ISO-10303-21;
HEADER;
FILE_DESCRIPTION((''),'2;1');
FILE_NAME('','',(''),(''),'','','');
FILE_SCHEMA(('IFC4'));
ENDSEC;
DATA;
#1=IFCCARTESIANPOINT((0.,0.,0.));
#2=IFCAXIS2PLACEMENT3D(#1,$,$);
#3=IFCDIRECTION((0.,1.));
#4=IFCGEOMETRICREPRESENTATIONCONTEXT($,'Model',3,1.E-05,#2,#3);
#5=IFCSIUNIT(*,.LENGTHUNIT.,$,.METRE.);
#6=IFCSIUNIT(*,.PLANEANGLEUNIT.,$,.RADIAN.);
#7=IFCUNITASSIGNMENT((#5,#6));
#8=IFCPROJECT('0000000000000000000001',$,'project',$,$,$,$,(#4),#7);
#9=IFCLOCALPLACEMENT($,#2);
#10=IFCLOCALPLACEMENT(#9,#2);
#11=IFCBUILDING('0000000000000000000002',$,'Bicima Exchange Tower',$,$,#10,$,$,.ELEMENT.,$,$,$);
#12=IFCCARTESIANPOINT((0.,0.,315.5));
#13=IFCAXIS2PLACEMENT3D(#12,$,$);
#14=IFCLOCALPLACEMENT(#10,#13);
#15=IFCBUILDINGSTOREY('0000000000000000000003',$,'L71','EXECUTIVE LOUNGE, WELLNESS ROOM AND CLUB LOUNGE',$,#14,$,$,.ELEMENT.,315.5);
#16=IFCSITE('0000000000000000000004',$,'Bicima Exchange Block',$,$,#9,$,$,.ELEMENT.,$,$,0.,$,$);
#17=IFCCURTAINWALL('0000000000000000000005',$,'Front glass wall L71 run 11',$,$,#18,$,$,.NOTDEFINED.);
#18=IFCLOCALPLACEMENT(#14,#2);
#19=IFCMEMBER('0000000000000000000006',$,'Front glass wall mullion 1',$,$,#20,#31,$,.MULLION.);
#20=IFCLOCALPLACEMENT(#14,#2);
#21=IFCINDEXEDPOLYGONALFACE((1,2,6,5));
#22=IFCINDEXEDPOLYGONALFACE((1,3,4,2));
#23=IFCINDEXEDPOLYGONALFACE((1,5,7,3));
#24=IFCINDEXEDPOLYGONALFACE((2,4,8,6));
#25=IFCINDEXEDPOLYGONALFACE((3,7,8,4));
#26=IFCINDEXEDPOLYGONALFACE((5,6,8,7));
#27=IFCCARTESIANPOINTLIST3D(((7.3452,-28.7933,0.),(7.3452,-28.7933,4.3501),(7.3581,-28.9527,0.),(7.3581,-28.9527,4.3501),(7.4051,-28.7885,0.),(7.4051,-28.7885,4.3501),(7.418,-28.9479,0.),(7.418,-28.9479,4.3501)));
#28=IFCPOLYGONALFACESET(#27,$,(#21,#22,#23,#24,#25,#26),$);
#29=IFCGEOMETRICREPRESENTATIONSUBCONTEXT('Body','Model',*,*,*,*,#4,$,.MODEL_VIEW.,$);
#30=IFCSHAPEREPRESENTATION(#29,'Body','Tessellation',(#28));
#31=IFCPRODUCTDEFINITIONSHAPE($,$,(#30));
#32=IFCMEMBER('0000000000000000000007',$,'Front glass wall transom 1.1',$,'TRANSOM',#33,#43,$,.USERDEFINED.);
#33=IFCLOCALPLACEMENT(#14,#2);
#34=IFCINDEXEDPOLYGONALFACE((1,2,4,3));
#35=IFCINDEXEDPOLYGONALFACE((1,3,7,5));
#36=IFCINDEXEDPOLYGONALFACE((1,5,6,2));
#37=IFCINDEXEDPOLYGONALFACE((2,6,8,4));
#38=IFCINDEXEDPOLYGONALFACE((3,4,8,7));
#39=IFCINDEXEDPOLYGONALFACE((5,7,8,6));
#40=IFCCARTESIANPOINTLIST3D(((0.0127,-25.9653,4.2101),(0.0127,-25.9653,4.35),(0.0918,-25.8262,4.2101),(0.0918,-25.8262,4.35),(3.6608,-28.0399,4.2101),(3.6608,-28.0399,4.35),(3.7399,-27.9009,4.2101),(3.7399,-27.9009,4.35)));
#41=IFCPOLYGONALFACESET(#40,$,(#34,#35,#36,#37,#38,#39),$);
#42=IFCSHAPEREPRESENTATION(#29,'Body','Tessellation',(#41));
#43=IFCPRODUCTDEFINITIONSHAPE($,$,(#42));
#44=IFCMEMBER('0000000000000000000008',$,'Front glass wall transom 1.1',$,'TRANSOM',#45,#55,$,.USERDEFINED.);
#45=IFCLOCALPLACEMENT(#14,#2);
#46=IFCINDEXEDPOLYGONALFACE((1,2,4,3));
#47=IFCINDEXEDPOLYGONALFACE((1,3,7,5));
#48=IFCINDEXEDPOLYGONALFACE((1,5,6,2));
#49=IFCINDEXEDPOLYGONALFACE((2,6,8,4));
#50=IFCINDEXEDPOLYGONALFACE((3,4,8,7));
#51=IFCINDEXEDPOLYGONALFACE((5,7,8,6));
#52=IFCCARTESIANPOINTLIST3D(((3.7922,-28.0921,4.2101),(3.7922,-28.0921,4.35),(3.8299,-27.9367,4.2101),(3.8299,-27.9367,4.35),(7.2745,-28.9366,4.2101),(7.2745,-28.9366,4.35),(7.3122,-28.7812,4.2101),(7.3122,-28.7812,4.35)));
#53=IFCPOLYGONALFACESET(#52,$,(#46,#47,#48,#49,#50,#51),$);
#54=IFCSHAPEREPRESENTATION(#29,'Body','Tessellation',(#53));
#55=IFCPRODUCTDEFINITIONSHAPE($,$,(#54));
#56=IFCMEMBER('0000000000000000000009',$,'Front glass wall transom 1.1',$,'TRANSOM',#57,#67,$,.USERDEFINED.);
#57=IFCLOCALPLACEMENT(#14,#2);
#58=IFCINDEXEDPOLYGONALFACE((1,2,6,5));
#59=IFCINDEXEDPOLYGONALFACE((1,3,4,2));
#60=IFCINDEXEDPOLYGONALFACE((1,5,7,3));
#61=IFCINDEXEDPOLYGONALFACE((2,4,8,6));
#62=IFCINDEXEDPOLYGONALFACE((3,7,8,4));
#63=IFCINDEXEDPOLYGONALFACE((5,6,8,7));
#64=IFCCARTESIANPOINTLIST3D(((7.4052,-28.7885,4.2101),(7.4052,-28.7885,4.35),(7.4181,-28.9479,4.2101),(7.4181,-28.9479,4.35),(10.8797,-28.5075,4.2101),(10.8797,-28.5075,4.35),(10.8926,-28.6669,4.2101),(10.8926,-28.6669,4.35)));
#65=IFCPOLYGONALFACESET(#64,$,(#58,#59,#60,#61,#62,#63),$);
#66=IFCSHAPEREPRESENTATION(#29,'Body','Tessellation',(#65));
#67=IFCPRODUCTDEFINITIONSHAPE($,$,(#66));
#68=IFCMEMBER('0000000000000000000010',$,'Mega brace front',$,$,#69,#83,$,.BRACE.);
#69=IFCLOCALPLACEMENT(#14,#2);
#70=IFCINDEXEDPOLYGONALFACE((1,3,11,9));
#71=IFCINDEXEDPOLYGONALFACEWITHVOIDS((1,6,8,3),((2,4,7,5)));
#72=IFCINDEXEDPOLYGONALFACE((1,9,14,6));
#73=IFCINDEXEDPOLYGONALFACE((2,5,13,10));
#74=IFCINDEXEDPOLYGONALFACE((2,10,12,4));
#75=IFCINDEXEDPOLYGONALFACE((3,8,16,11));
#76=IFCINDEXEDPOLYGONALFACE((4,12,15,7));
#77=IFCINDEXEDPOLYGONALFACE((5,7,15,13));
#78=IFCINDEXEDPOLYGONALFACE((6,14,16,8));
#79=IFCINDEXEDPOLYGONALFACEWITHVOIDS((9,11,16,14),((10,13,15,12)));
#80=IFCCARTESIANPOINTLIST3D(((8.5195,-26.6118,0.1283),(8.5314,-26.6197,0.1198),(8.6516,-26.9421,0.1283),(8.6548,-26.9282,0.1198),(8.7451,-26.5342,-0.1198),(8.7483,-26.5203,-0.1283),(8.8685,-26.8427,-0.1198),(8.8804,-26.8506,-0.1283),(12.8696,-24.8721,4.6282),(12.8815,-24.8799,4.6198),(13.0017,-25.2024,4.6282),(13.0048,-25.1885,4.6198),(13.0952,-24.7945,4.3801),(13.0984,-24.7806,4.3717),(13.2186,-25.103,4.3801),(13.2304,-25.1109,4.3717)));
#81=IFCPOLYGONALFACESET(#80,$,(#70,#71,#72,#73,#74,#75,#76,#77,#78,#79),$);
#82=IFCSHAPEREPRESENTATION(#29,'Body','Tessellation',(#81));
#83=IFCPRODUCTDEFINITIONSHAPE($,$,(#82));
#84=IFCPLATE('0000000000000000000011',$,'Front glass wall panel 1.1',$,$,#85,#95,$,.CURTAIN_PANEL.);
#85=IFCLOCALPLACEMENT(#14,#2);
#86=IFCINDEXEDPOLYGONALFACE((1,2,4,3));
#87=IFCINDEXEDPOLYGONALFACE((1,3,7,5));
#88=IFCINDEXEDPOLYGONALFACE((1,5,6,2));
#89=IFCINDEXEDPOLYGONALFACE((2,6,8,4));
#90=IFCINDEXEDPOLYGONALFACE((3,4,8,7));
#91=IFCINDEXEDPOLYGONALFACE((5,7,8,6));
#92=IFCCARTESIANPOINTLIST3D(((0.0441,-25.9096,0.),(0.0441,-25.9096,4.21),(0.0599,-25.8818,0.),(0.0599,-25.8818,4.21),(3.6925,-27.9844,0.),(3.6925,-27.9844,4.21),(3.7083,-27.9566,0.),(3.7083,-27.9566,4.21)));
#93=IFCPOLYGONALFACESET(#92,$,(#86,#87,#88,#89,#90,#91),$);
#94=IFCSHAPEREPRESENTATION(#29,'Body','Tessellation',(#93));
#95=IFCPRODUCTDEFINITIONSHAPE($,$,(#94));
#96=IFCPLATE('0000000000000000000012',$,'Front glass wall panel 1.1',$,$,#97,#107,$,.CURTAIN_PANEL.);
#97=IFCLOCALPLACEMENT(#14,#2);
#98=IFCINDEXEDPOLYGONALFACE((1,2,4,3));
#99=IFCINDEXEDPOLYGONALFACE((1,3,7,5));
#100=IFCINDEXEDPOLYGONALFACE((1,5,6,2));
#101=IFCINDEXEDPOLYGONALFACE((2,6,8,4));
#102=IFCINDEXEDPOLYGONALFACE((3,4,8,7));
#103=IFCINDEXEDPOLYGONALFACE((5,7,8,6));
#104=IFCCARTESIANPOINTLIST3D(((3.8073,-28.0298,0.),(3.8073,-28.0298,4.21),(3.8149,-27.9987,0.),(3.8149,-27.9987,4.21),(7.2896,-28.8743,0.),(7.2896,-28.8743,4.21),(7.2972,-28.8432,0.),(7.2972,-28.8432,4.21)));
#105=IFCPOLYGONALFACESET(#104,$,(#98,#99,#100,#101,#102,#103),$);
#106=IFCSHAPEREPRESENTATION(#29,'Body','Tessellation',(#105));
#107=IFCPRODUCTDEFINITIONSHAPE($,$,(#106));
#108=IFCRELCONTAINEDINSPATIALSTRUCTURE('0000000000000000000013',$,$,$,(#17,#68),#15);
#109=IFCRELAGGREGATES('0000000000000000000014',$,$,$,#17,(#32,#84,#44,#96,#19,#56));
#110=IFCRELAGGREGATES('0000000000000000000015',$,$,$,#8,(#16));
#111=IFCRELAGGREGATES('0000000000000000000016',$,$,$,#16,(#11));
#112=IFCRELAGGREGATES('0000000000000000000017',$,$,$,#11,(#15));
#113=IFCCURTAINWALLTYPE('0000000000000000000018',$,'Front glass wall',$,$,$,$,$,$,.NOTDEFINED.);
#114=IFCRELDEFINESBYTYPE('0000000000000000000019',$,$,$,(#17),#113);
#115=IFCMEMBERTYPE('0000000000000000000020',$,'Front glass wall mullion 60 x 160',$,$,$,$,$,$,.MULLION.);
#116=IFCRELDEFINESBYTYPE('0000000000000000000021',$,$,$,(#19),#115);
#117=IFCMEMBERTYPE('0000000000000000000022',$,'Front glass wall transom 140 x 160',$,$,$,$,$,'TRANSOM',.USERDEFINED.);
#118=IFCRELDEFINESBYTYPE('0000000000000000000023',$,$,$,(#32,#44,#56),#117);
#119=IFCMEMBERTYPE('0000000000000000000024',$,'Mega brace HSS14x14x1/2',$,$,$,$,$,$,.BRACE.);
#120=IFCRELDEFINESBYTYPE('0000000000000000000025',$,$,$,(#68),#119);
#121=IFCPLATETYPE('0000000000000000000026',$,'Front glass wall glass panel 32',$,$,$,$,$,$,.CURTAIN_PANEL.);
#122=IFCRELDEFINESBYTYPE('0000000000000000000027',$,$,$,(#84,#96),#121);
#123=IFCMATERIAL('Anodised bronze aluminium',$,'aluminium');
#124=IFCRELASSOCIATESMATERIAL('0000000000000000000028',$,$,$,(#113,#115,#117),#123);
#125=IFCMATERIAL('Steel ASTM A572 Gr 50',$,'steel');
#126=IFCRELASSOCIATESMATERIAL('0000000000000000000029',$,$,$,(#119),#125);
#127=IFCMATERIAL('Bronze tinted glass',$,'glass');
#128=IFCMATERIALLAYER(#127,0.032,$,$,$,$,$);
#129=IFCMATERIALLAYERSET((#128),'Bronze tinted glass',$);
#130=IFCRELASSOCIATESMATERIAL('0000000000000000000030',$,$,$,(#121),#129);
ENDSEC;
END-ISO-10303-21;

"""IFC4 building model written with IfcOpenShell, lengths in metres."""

from ifc_helpers import new_model, si_unit, direction, frame, origin, origin_2d, place, context, subcontext, project, spatial, rectangle, hollow_rectangle, extrude, material, layer, layer_set, material_profile, profile_set, type_object, element, aggregate, save


model = new_model("IFC4")

# Units and contexts
model_context = context("Model", 3, precision=1e-05, world=origin(), true_north=direction((0.0, 1.0)))
body_context = subcontext(model_context, "Body", "Model", "MODEL_VIEW")
ifc_project = project(units=[si_unit("LENGTHUNIT", "METRE"), si_unit("PLANEANGLEUNIT", "RADIAN")], contexts=[model_context])

# Site, building, storey
site_placement = place(None, origin())
site = spatial("IfcSite", under=ifc_project, at=site_placement, Name="Bicima Exchange Block", CompositionType="ELEMENT", RefElevation=0.0)
building_placement = place(site_placement, origin())
building = spatial("IfcBuilding", under=site, at=building_placement, Name="Bicima Exchange Tower", CompositionType="ELEMENT")
storey_placement = place(building_placement, frame((0.0, 0.0, 315.5)))
storey = spatial("IfcBuildingStorey", under=building, at=storey_placement, Name="L71", Description="EXECUTIVE LOUNGE, WELLNESS ROOM AND CLUB LOUNGE", CompositionType="ELEMENT", Elevation=315.5)

# Curtain wall, members
ifc_material_1 = material(Name="Anodised bronze aluminium", Category="aluminium")
curtain_wall_type = type_object("IfcCurtainWallType", Name="Front glass wall", PredefinedType="NOTDEFINED", material=ifc_material_1)
curtain_wall_placement = place(storey_placement, origin())
curtain_wall = element("IfcCurtainWall", 1, at=curtain_wall_placement, inside=storey, type_object=curtain_wall_type, Name="Front glass wall L71 run 11", PredefinedType="NOTDEFINED")
ifc_material_profile_1 = material_profile(ifc_material_1, rectangle(XDim=0.1599, YDim=0.0601, at=origin_2d()))
ifc_profile_set_1 = profile_set([ifc_material_profile_1], Name="Anodised bronze aluminium")
member_type_1 = type_object("IfcMemberType", Name="Front glass wall mullion 60 x 160", PredefinedType="MULLION", material=ifc_profile_set_1)
member_1_placement = place(storey_placement, frame((7.3816, -28.8706, 0.0), z_axis=(0.0, 0.0, 1.0), x_axis=(-0.080589, 0.996747, 0.0)))
member_1 = element("IfcMember", 2, at=member_1_placement, type_object=member_type_1, Name="Front glass wall mullion 1", PredefinedType="MULLION", context=body_context, shape_type="SweptSolid", body=[
    extrude(rectangle(XDim=0.1599, YDim=0.0601, at=origin_2d()), origin(), (0.0, 0.0, 1.0), 4.3501),
])
ifc_material_profile_2 = material_profile(ifc_material_1, rectangle(XDim=0.1599, YDim=0.1399, at=origin_2d()))
ifc_profile_set_2 = profile_set([ifc_material_profile_2], Name="Anodised bronze aluminium")
member_type_2 = type_object("IfcMemberType", Name="Front glass wall transom 140 x 160", ElementType="TRANSOM", PredefinedType="USERDEFINED", material=ifc_profile_set_2)
member_2_placement = place(storey_placement, frame((0.0522, -25.8958, 4.28), z_axis=(0.869265, -0.494346, 0.0), x_axis=(0.494346, 0.869265, 0.0)))
member_2 = element("IfcMember", 3, at=member_2_placement, type_object=member_type_2, Name="Front glass wall transom 1.1", ObjectType="TRANSOM", PredefinedType="USERDEFINED", context=body_context, shape_type="SweptSolid", body=[
    extrude(rectangle(XDim=0.1599, YDim=0.1399, at=origin_2d()), origin(), (0.0, 0.0, 1.0), 4.1968),
])
member_3_placement = place(storey_placement, frame((3.811, -28.0144, 4.28), z_axis=(0.971834, -0.235668, 0.0), x_axis=(0.235668, 0.971834, 0.0)))
member_3 = element("IfcMember", 4, at=member_3_placement, type_object=member_type_2, Name="Front glass wall transom 1.1", ObjectType="TRANSOM", PredefinedType="USERDEFINED", context=body_context, shape_type="SweptSolid", body=[
    extrude(rectangle(XDim=0.1599, YDim=0.1399, at=origin_2d()), origin(), (0.0, 0.0, 1.0), 3.5833),
])
member_4_placement = place(storey_placement, frame((7.4116, -28.8682, 4.28), z_axis=(0.996746, 0.080611, 0.0), x_axis=(-0.080611, 0.996746, 0.0)))
member_4 = element("IfcMember", 5, at=member_4_placement, type_object=member_type_2, Name="Front glass wall transom 1.1", ObjectType="TRANSOM", PredefinedType="USERDEFINED", context=body_context, shape_type="SweptSolid", body=[
    extrude(rectangle(XDim=0.1599, YDim=0.1399, at=origin_2d()), origin(), (0.0, 0.0, 1.0), 3.4858),
])

# Member
ifc_material_2 = material(Name="Steel ASTM A572 Gr 50", Category="steel")
ifc_material_profile_3 = material_profile(ifc_material_2, hollow_rectangle(XDim=0.3557, YDim=0.3557, WallThickness=0.0117, at=origin_2d()))
ifc_profile_set_3 = profile_set([ifc_material_profile_3], Name="Steel ASTM A572 Gr 50")
member_type_3 = type_object("IfcMemberType", Name="Mega brace HSS14x14x1/2", PredefinedType="BRACE", material=ifc_profile_set_3)
member_5_placement = place(storey_placement, frame((8.7, -26.7312, 0.0), z_axis=(0.669642, 0.267812, 0.692717), x_axis=(-0.371337, 0.928498, 0.0)))
element("IfcMember", 6, at=member_5_placement, inside=storey, type_object=member_type_3, Name="Mega brace front", PredefinedType="BRACE", context=body_context, shape_type="SweptSolid", body=[
    extrude(hollow_rectangle(XDim=0.3557, YDim=0.3557, WallThickness=0.0117, at=origin_2d()), origin(), (0.0, 0.0, 1.0), 6.4961),
])

# Plates
ifc_material_3 = material(Name="Bronze tinted glass", Category="glass")
ifc_layer_1 = layer(ifc_material_3, 0.032)
ifc_layer_set_1 = layer_set([ifc_layer_1], Name="Bronze tinted glass")
plate_type = type_object("IfcPlateType", Name="Front glass wall glass panel 32", PredefinedType="CURTAIN_PANEL", material=ifc_layer_set_1)
plate_1_placement = place(storey_placement, frame((1.8762, -26.9331, 0.0), z_axis=(0.0, 0.0, 1.0), x_axis=(0.869274, -0.49433, 0.0)))
plate_1 = element("IfcPlate", 7, at=plate_1_placement, type_object=plate_type, Name="Front glass wall panel 1.1", PredefinedType="CURTAIN_PANEL", context=body_context, shape_type="SweptSolid", body=[
    extrude(rectangle(XDim=4.197, YDim=0.032, at=origin_2d()), origin(), (0.0, 0.0, 1.0), 4.21),
])
plate_2_placement = place(storey_placement, frame((5.5522, -28.4365, 0.0), z_axis=(0.0, 0.0, 1.0), x_axis=(0.97183, -0.235682, 0.0)))
plate_2 = element("IfcPlate", 8, at=plate_2_placement, type_object=plate_type, Name="Front glass wall panel 1.1", PredefinedType="CURTAIN_PANEL", context=body_context, shape_type="SweptSolid", body=[
    extrude(rectangle(XDim=3.5833, YDim=0.032, at=origin_2d()), origin(), (0.0, 0.0, 1.0), 4.21),
])
aggregate(curtain_wall, [member_2, plate_1, member_3, plate_2, member_1, member_4])

save(model, "model.ifc")
